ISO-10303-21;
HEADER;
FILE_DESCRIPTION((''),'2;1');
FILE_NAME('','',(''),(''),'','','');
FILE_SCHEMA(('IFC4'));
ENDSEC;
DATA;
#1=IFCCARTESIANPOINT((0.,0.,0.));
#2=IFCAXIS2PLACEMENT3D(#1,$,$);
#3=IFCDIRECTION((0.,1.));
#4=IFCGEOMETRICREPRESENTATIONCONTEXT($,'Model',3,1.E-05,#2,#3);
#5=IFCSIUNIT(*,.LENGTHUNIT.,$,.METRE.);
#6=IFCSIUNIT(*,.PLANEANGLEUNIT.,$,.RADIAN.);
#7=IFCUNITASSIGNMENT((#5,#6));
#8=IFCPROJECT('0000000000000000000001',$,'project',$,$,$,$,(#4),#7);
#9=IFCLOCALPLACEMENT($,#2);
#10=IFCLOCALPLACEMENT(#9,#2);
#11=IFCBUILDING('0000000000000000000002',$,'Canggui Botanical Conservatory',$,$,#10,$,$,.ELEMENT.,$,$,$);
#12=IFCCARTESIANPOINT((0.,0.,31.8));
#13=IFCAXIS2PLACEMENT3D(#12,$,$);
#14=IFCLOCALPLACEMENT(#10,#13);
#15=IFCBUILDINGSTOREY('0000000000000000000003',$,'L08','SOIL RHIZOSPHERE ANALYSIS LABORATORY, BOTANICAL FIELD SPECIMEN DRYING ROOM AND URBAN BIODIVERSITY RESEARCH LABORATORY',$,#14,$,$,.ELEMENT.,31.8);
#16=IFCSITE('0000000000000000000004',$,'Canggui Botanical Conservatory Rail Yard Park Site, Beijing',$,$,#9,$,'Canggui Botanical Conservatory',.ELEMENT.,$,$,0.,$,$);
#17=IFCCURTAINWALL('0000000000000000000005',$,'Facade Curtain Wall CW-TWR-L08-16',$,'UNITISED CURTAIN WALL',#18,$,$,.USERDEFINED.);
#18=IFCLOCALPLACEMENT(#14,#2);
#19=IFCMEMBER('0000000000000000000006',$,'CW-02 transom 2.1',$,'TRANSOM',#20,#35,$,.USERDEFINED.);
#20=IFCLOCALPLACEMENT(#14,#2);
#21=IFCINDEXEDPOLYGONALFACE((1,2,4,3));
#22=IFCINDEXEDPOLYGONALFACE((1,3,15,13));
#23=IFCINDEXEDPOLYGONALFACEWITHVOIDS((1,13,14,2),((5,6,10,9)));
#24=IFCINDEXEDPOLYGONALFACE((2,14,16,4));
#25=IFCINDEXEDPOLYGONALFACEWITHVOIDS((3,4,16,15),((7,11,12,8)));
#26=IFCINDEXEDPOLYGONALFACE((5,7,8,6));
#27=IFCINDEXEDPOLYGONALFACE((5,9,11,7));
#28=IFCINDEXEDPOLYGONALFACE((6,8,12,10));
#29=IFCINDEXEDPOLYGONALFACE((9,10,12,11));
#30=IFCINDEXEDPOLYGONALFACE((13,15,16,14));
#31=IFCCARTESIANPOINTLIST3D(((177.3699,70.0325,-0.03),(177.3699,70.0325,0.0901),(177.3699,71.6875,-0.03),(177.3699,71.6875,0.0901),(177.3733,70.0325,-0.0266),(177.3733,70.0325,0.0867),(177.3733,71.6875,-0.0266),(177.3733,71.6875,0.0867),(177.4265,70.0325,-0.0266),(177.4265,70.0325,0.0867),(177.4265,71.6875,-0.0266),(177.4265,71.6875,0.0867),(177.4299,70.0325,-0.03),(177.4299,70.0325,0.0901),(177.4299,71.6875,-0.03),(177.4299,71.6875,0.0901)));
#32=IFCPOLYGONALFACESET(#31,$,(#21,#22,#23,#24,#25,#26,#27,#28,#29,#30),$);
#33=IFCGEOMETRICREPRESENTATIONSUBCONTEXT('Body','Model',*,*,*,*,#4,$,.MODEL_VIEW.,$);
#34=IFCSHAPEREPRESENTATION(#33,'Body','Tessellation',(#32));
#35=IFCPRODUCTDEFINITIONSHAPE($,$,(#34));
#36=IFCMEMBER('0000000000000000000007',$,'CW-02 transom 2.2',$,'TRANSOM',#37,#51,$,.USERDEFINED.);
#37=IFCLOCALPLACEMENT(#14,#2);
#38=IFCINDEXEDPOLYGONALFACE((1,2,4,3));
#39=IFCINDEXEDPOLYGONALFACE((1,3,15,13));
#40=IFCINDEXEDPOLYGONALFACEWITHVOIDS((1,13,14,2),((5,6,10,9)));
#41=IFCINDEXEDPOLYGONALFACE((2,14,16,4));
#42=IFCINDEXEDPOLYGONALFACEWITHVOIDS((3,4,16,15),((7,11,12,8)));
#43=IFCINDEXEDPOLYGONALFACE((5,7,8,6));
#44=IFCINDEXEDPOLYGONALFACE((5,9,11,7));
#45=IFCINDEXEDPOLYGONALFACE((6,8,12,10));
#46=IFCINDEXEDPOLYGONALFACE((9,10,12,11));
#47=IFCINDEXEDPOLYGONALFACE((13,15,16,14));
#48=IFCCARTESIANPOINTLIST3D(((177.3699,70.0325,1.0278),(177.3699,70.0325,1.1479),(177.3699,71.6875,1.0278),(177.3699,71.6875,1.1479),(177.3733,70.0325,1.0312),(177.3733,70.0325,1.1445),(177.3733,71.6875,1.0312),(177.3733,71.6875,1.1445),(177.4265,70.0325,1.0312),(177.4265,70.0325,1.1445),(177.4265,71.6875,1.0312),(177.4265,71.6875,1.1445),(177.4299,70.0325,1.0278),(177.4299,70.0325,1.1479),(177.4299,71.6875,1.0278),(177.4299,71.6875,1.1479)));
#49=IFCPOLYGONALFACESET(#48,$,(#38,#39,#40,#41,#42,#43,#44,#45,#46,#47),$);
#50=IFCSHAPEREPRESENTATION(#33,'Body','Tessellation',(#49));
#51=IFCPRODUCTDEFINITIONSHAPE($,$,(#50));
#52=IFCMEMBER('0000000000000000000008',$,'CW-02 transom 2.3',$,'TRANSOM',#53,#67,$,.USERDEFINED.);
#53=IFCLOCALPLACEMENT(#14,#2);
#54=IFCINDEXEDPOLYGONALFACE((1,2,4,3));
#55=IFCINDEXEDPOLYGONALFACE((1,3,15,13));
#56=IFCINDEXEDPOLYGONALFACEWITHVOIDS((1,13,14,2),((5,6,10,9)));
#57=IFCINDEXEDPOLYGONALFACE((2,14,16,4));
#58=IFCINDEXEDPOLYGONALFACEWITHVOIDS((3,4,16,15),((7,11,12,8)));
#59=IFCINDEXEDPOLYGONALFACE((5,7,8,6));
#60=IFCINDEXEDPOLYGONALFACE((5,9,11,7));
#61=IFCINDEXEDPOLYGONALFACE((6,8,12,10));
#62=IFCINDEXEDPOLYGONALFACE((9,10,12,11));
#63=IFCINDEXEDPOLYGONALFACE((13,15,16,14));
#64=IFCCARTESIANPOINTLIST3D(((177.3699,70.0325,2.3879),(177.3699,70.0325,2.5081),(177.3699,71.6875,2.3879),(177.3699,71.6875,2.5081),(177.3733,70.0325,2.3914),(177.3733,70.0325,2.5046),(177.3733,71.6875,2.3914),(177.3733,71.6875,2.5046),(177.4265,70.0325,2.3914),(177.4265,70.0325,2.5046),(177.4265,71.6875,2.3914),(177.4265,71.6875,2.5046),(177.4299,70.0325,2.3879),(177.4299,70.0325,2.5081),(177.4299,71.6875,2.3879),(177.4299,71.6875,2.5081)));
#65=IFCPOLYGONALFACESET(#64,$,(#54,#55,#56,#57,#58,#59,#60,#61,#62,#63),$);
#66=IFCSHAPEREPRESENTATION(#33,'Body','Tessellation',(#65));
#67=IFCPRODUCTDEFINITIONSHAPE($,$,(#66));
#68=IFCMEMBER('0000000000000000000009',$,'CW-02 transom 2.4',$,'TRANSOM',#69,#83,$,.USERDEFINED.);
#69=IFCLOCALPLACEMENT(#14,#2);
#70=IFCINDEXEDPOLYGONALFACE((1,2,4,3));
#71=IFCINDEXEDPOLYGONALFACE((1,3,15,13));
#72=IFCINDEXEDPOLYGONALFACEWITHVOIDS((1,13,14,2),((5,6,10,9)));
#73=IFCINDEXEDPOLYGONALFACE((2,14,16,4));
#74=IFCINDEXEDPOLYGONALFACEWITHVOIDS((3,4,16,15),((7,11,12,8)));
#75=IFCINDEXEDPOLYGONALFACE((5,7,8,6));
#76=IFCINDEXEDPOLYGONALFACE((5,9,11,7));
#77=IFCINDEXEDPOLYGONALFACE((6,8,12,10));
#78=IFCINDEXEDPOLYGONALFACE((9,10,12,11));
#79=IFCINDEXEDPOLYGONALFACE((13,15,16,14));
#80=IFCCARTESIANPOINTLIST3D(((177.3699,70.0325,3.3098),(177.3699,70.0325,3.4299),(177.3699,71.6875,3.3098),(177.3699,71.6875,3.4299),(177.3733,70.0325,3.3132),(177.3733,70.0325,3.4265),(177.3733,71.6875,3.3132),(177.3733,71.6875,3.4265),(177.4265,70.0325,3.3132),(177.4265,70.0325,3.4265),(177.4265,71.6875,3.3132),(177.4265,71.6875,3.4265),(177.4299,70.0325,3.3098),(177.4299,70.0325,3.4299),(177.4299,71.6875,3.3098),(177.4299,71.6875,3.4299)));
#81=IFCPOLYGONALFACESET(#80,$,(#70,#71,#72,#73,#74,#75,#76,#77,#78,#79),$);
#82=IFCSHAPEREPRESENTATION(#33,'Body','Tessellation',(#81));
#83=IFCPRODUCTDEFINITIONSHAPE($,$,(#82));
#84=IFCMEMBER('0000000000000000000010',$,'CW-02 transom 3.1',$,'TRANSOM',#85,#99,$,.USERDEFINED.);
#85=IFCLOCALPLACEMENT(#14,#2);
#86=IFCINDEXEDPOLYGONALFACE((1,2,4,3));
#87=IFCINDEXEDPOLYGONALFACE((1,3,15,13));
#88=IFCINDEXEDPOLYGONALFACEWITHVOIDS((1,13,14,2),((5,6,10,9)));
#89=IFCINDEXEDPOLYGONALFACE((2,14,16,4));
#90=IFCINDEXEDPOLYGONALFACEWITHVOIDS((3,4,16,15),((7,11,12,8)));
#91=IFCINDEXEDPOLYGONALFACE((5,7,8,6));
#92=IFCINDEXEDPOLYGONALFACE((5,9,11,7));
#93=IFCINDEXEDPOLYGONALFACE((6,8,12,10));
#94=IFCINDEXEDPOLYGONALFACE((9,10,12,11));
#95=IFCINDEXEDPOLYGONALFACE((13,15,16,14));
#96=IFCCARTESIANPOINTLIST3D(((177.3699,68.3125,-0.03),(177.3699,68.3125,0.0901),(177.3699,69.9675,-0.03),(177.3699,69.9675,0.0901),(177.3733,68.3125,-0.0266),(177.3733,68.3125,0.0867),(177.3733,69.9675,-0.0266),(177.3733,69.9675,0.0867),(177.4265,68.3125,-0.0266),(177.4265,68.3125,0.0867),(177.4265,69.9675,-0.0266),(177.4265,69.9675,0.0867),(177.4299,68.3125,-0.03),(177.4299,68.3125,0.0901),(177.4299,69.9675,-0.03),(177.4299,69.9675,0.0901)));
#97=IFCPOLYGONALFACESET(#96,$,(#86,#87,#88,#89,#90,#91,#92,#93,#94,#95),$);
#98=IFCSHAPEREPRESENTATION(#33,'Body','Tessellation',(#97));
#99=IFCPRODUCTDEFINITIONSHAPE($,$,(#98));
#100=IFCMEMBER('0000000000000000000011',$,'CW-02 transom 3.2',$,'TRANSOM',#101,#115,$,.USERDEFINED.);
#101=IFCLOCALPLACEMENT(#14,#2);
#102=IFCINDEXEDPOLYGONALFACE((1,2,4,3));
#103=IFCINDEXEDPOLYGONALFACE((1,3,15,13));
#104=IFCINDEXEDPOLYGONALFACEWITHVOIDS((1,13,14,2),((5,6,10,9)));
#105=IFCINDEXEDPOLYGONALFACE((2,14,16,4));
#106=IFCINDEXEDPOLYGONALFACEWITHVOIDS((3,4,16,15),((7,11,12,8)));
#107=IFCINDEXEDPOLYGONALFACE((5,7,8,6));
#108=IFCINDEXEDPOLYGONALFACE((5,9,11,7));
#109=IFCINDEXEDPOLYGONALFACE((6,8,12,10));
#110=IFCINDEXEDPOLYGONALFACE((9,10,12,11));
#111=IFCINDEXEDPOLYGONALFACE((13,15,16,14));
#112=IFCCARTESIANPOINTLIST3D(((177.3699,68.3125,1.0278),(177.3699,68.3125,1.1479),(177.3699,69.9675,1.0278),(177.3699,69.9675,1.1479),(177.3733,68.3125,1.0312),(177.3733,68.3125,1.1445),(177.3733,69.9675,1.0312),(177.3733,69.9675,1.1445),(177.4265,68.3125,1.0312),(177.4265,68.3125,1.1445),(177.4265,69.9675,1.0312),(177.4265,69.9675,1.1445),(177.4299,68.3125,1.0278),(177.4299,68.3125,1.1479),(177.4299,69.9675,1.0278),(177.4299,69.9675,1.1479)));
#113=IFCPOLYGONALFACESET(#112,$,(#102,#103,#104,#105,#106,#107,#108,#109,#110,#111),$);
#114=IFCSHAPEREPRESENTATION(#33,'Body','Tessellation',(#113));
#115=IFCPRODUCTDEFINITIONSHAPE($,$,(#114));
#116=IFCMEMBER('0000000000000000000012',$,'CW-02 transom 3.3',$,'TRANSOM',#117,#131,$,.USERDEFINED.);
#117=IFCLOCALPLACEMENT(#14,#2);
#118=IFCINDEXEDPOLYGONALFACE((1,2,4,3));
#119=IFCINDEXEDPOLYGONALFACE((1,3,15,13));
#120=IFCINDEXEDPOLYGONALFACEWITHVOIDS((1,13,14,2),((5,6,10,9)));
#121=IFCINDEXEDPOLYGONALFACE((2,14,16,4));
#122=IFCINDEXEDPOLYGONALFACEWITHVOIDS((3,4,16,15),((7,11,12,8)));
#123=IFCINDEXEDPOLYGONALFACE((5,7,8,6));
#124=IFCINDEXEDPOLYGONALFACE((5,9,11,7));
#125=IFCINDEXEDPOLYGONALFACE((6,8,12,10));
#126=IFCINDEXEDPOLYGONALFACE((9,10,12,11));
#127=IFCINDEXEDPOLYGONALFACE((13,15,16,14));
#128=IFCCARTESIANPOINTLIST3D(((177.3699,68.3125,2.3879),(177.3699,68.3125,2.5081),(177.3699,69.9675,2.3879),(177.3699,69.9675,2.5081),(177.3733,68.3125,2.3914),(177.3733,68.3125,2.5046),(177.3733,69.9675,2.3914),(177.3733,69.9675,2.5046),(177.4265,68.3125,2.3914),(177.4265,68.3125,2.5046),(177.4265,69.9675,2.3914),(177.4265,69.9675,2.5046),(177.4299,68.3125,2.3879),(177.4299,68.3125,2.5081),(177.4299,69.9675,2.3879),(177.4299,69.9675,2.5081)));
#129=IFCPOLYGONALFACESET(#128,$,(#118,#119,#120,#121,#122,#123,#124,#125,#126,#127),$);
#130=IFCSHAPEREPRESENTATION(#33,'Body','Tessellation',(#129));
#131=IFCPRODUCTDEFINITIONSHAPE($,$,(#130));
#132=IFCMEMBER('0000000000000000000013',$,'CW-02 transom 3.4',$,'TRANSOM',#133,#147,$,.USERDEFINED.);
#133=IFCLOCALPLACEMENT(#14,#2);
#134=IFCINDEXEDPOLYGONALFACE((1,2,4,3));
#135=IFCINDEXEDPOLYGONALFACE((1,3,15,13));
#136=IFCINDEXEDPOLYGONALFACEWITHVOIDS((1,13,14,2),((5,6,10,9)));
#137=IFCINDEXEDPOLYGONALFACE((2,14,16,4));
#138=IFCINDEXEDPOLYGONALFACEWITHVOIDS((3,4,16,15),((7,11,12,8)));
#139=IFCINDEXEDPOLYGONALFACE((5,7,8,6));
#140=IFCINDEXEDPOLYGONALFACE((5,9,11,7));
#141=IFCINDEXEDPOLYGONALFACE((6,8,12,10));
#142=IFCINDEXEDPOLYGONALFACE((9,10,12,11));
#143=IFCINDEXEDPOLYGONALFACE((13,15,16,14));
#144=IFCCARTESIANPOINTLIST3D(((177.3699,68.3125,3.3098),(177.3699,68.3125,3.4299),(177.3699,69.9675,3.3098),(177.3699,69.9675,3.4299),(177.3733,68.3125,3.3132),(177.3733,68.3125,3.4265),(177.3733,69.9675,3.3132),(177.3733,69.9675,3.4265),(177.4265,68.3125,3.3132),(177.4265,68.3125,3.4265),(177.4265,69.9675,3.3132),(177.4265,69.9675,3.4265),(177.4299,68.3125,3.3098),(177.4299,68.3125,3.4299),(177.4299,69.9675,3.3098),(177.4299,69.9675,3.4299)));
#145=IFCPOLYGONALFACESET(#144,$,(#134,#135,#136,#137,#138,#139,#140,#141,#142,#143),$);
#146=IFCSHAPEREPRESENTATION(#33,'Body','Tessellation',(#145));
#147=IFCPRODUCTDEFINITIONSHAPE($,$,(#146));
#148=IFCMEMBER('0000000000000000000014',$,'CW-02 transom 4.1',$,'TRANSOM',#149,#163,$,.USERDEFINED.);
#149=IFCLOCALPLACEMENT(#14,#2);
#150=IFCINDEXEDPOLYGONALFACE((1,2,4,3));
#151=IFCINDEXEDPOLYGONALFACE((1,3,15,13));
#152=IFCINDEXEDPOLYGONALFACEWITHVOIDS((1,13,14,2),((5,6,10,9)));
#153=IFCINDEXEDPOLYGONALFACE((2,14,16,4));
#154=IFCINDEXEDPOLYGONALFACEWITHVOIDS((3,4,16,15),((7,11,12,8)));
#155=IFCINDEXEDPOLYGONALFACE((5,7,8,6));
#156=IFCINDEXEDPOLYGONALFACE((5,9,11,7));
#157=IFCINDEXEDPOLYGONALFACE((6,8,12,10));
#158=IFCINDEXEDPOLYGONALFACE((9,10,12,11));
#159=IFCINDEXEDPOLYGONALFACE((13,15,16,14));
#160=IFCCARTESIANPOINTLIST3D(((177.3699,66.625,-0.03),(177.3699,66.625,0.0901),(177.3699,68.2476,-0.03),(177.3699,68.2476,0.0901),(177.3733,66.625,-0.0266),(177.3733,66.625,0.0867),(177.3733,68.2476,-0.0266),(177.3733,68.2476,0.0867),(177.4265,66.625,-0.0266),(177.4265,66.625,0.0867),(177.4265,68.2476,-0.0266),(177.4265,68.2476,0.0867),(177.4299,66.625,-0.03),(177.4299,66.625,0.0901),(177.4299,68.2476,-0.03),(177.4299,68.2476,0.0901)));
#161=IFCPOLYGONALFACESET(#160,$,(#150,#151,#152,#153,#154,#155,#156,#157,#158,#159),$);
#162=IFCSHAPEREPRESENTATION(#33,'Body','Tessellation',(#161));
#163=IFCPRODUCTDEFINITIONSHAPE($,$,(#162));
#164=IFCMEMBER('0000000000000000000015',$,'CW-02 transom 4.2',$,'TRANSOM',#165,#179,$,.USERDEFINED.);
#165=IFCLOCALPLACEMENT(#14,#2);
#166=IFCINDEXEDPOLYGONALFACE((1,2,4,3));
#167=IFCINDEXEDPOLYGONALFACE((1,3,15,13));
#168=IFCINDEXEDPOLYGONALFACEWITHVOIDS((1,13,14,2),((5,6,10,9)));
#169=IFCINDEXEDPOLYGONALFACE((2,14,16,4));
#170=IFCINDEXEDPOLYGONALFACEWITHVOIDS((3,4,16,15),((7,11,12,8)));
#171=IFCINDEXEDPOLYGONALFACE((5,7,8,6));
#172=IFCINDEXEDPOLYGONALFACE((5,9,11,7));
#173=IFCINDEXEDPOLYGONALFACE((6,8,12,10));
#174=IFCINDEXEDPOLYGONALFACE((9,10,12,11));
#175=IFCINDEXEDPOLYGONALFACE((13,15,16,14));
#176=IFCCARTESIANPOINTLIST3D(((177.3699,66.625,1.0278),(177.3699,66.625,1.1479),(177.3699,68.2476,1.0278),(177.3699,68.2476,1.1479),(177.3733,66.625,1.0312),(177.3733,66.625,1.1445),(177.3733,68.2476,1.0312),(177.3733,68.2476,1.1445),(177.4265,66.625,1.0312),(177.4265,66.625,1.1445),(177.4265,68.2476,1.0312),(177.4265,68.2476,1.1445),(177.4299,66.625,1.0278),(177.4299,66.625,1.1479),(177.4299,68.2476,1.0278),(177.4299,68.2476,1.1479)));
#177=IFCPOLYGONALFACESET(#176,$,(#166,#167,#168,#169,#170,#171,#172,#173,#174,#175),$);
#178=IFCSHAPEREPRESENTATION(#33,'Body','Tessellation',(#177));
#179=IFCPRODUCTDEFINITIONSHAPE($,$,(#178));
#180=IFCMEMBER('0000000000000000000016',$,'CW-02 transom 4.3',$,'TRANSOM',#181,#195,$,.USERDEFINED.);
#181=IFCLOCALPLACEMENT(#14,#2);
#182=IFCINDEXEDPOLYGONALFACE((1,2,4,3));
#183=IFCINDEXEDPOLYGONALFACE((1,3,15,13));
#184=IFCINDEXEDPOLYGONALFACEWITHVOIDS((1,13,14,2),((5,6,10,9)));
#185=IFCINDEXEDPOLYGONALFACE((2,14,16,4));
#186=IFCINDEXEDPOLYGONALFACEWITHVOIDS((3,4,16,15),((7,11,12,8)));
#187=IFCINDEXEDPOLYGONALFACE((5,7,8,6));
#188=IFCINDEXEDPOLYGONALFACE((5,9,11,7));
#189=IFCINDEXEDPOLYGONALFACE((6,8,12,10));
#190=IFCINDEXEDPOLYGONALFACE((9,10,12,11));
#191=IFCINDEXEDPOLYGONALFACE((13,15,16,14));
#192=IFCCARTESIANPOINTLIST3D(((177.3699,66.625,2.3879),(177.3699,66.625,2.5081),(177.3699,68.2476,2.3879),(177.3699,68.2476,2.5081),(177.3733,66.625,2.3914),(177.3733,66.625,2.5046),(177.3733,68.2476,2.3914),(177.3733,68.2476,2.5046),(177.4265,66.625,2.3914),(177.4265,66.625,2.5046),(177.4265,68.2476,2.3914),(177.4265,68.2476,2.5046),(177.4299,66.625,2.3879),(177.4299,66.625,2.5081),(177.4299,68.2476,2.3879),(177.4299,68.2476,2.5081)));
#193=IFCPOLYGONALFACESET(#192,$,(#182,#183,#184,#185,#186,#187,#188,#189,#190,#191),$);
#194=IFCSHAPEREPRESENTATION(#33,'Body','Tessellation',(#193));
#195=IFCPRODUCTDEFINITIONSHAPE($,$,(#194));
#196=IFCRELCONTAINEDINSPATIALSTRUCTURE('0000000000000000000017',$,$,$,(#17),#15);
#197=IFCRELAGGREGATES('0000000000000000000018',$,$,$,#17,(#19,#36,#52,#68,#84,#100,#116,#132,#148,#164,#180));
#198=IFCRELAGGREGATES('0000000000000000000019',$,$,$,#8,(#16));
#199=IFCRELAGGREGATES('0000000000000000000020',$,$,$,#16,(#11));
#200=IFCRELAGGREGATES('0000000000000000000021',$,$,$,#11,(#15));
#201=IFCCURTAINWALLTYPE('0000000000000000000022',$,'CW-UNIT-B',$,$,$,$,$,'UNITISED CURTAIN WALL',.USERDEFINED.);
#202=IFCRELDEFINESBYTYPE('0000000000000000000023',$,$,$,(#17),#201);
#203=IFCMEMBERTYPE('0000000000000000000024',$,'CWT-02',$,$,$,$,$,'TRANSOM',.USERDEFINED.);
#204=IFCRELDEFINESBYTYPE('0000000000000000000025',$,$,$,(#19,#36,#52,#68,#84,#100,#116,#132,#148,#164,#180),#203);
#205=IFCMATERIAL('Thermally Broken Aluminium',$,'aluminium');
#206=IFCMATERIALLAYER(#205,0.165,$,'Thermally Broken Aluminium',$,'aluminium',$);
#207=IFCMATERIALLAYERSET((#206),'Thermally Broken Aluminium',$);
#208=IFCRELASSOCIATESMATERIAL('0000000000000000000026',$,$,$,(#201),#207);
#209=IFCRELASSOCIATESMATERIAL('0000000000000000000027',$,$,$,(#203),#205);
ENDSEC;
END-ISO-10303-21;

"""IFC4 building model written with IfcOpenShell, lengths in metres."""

from ifc_helpers import new_model, si_unit, direction, frame, origin, origin_2d, place, context, subcontext, project, spatial, hollow_rectangle, extrude, material, layer, layer_set, material_profile, profile_set, type_object, element, aggregate, save


model = new_model("IFC4")

# Units and contexts
model_context = context("Model", 3, precision=1e-05, world=origin(), true_north=direction((0.0, 1.0)))
body_context = subcontext(model_context, "Body", "Model", "MODEL_VIEW")
ifc_project = project(units=[si_unit("LENGTHUNIT", "METRE"), si_unit("PLANEANGLEUNIT", "RADIAN")], contexts=[model_context])

# Site, building, storey
site_placement = place(None, origin())
site = spatial("IfcSite", under=ifc_project, at=site_placement, Name="Canggui Botanical Conservatory Rail Yard Park Site, Beijing", LongName="Canggui Botanical Conservatory", CompositionType="ELEMENT", RefElevation=0.0)
building_placement = place(site_placement, origin())
building = spatial("IfcBuilding", under=site, at=building_placement, Name="Canggui Botanical Conservatory", CompositionType="ELEMENT")
storey_placement = place(building_placement, frame((0.0, 0.0, 31.8)))
storey = spatial("IfcBuildingStorey", under=building, at=storey_placement, Name="L08", Description="SOIL RHIZOSPHERE ANALYSIS LABORATORY, BOTANICAL FIELD SPECIMEN DRYING ROOM AND URBAN BIODIVERSITY RESEARCH LABORATORY", CompositionType="ELEMENT", Elevation=31.8)

# Curtain wall, members
ifc_material_1 = material(Name="Thermally Broken Aluminium", Category="aluminium")
ifc_layer_1 = layer(ifc_material_1, 0.165, Name="Thermally Broken Aluminium", Category="aluminium")
ifc_layer_set_1 = layer_set([ifc_layer_1], Name="Thermally Broken Aluminium")
curtain_wall_type = type_object("IfcCurtainWallType", Name="CW-UNIT-B", ElementType="UNITISED CURTAIN WALL", PredefinedType="USERDEFINED", material=ifc_layer_set_1)
curtain_wall_placement = place(storey_placement, origin())
curtain_wall = element("IfcCurtainWall", 1, at=curtain_wall_placement, inside=storey, type_object=curtain_wall_type, Name="Facade Curtain Wall CW-TWR-L08-16", ObjectType="UNITISED CURTAIN WALL", PredefinedType="USERDEFINED")
ifc_material_profile_1 = material_profile(ifc_material_1, hollow_rectangle(XDim=0.0601, YDim=0.1201, WallThickness=0.0034, at=origin_2d()), Name="CWT 60x120x3.5")
ifc_profile_set_1 = profile_set([ifc_material_profile_1], Name="Thermally Broken Aluminium")
member_type_1 = type_object("IfcMemberType", Name="CWT-02", ElementType="TRANSOM", PredefinedType="USERDEFINED", material=ifc_profile_set_1)
member_1_placement = place(storey_placement, frame((177.3999, 71.6875, 0.03), z_axis=(0.0, -1.0, 0.0), x_axis=(1.0, 0.0, 0.0)))
member_1 = element("IfcMember", 2, at=member_1_placement, type_object=member_type_1, Name="CW-02 transom 2.1", ObjectType="TRANSOM", PredefinedType="USERDEFINED", context=body_context, shape_type="SweptSolid", body=[
    extrude(hollow_rectangle(XDim=0.0601, YDim=0.1201, WallThickness=0.0034, at=origin_2d()), origin(), (0.0, 0.0, 1.0), 1.655),
])
member_2_placement = place(storey_placement, frame((177.3999, 71.6875, 1.0879), z_axis=(0.0, -1.0, 0.0), x_axis=(1.0, 0.0, 0.0)))
member_2 = element("IfcMember", 3, at=member_2_placement, type_object=member_type_1, Name="CW-02 transom 2.2", ObjectType="TRANSOM", PredefinedType="USERDEFINED", context=body_context, shape_type="SweptSolid", body=[
    extrude(hollow_rectangle(XDim=0.0601, YDim=0.1201, WallThickness=0.0034, at=origin_2d()), origin(), (0.0, 0.0, 1.0), 1.655),
])
member_3_placement = place(storey_placement, frame((177.3999, 71.6875, 2.448), z_axis=(0.0, -1.0, 0.0), x_axis=(1.0, 0.0, 0.0)))
member_3 = element("IfcMember", 4, at=member_3_placement, type_object=member_type_1, Name="CW-02 transom 2.3", ObjectType="TRANSOM", PredefinedType="USERDEFINED", context=body_context, shape_type="SweptSolid", body=[
    extrude(hollow_rectangle(XDim=0.0601, YDim=0.1201, WallThickness=0.0034, at=origin_2d()), origin(), (0.0, 0.0, 1.0), 1.655),
])
member_4_placement = place(storey_placement, frame((177.3999, 71.6875, 3.3699), z_axis=(0.0, -1.0, 0.0), x_axis=(1.0, 0.0, 0.0)))
member_4 = element("IfcMember", 5, at=member_4_placement, type_object=member_type_1, Name="CW-02 transom 2.4", ObjectType="TRANSOM", PredefinedType="USERDEFINED", context=body_context, shape_type="SweptSolid", body=[
    extrude(hollow_rectangle(XDim=0.0601, YDim=0.1201, WallThickness=0.0034, at=origin_2d()), origin(), (0.0, 0.0, 1.0), 1.655),
])
member_5_placement = place(storey_placement, frame((177.3999, 69.9675, 0.03), z_axis=(0.0, -1.0, 0.0), x_axis=(1.0, 0.0, 0.0)))
member_5 = element("IfcMember", 6, at=member_5_placement, type_object=member_type_1, Name="CW-02 transom 3.1", ObjectType="TRANSOM", PredefinedType="USERDEFINED", context=body_context, shape_type="SweptSolid", body=[
    extrude(hollow_rectangle(XDim=0.0601, YDim=0.1201, WallThickness=0.0034, at=origin_2d()), origin(), (0.0, 0.0, 1.0), 1.655),
])
member_6_placement = place(storey_placement, frame((177.3999, 69.9675, 1.0879), z_axis=(0.0, -1.0, 0.0), x_axis=(1.0, 0.0, 0.0)))
member_6 = element("IfcMember", 7, at=member_6_placement, type_object=member_type_1, Name="CW-02 transom 3.2", ObjectType="TRANSOM", PredefinedType="USERDEFINED", context=body_context, shape_type="SweptSolid", body=[
    extrude(hollow_rectangle(XDim=0.0601, YDim=0.1201, WallThickness=0.0034, at=origin_2d()), origin(), (0.0, 0.0, 1.0), 1.655),
])
member_7_placement = place(storey_placement, frame((177.3999, 69.9675, 2.448), z_axis=(0.0, -1.0, 0.0), x_axis=(1.0, 0.0, 0.0)))
member_7 = element("IfcMember", 8, at=member_7_placement, type_object=member_type_1, Name="CW-02 transom 3.3", ObjectType="TRANSOM", PredefinedType="USERDEFINED", context=body_context, shape_type="SweptSolid", body=[
    extrude(hollow_rectangle(XDim=0.0601, YDim=0.1201, WallThickness=0.0034, at=origin_2d()), origin(), (0.0, 0.0, 1.0), 1.655),
])
member_8_placement = place(storey_placement, frame((177.3999, 69.9675, 3.3699), z_axis=(0.0, -1.0, 0.0), x_axis=(1.0, 0.0, 0.0)))
member_8 = element("IfcMember", 9, at=member_8_placement, type_object=member_type_1, Name="CW-02 transom 3.4", ObjectType="TRANSOM", PredefinedType="USERDEFINED", context=body_context, shape_type="SweptSolid", body=[
    extrude(hollow_rectangle(XDim=0.0601, YDim=0.1201, WallThickness=0.0034, at=origin_2d()), origin(), (0.0, 0.0, 1.0), 1.655),
])
member_9_placement = place(storey_placement, frame((177.3999, 68.2476, 0.03), z_axis=(0.0, -1.0, 0.0), x_axis=(1.0, 0.0, 0.0)))
member_9 = element("IfcMember", 10, at=member_9_placement, type_object=member_type_1, Name="CW-02 transom 4.1", ObjectType="TRANSOM", PredefinedType="USERDEFINED", context=body_context, shape_type="SweptSolid", body=[
    extrude(hollow_rectangle(XDim=0.0601, YDim=0.1201, WallThickness=0.0034, at=origin_2d()), origin(), (0.0, 0.0, 1.0), 1.6226),
])
member_10_placement = place(storey_placement, frame((177.3999, 68.2476, 1.0879), z_axis=(0.0, -1.0, 0.0), x_axis=(1.0, 0.0, 0.0)))
member_10 = element("IfcMember", 11, at=member_10_placement, type_object=member_type_1, Name="CW-02 transom 4.2", ObjectType="TRANSOM", PredefinedType="USERDEFINED", context=body_context, shape_type="SweptSolid", body=[
    extrude(hollow_rectangle(XDim=0.0601, YDim=0.1201, WallThickness=0.0034, at=origin_2d()), origin(), (0.0, 0.0, 1.0), 1.6226),
])
member_11_placement = place(storey_placement, frame((177.3999, 68.2476, 2.448), z_axis=(0.0, -1.0, 0.0), x_axis=(1.0, 0.0, 0.0)))
member_11 = element("IfcMember", 12, at=member_11_placement, type_object=member_type_1, Name="CW-02 transom 4.3", ObjectType="TRANSOM", PredefinedType="USERDEFINED", context=body_context, shape_type="SweptSolid", body=[
    extrude(hollow_rectangle(XDim=0.0601, YDim=0.1201, WallThickness=0.0034, at=origin_2d()), origin(), (0.0, 0.0, 1.0), 1.6226),
])
aggregate(curtain_wall, [member_1, member_2, member_3, member_4, member_5, member_6, member_7, member_8, member_9, member_10, member_11])

save(model, "model.ifc")
